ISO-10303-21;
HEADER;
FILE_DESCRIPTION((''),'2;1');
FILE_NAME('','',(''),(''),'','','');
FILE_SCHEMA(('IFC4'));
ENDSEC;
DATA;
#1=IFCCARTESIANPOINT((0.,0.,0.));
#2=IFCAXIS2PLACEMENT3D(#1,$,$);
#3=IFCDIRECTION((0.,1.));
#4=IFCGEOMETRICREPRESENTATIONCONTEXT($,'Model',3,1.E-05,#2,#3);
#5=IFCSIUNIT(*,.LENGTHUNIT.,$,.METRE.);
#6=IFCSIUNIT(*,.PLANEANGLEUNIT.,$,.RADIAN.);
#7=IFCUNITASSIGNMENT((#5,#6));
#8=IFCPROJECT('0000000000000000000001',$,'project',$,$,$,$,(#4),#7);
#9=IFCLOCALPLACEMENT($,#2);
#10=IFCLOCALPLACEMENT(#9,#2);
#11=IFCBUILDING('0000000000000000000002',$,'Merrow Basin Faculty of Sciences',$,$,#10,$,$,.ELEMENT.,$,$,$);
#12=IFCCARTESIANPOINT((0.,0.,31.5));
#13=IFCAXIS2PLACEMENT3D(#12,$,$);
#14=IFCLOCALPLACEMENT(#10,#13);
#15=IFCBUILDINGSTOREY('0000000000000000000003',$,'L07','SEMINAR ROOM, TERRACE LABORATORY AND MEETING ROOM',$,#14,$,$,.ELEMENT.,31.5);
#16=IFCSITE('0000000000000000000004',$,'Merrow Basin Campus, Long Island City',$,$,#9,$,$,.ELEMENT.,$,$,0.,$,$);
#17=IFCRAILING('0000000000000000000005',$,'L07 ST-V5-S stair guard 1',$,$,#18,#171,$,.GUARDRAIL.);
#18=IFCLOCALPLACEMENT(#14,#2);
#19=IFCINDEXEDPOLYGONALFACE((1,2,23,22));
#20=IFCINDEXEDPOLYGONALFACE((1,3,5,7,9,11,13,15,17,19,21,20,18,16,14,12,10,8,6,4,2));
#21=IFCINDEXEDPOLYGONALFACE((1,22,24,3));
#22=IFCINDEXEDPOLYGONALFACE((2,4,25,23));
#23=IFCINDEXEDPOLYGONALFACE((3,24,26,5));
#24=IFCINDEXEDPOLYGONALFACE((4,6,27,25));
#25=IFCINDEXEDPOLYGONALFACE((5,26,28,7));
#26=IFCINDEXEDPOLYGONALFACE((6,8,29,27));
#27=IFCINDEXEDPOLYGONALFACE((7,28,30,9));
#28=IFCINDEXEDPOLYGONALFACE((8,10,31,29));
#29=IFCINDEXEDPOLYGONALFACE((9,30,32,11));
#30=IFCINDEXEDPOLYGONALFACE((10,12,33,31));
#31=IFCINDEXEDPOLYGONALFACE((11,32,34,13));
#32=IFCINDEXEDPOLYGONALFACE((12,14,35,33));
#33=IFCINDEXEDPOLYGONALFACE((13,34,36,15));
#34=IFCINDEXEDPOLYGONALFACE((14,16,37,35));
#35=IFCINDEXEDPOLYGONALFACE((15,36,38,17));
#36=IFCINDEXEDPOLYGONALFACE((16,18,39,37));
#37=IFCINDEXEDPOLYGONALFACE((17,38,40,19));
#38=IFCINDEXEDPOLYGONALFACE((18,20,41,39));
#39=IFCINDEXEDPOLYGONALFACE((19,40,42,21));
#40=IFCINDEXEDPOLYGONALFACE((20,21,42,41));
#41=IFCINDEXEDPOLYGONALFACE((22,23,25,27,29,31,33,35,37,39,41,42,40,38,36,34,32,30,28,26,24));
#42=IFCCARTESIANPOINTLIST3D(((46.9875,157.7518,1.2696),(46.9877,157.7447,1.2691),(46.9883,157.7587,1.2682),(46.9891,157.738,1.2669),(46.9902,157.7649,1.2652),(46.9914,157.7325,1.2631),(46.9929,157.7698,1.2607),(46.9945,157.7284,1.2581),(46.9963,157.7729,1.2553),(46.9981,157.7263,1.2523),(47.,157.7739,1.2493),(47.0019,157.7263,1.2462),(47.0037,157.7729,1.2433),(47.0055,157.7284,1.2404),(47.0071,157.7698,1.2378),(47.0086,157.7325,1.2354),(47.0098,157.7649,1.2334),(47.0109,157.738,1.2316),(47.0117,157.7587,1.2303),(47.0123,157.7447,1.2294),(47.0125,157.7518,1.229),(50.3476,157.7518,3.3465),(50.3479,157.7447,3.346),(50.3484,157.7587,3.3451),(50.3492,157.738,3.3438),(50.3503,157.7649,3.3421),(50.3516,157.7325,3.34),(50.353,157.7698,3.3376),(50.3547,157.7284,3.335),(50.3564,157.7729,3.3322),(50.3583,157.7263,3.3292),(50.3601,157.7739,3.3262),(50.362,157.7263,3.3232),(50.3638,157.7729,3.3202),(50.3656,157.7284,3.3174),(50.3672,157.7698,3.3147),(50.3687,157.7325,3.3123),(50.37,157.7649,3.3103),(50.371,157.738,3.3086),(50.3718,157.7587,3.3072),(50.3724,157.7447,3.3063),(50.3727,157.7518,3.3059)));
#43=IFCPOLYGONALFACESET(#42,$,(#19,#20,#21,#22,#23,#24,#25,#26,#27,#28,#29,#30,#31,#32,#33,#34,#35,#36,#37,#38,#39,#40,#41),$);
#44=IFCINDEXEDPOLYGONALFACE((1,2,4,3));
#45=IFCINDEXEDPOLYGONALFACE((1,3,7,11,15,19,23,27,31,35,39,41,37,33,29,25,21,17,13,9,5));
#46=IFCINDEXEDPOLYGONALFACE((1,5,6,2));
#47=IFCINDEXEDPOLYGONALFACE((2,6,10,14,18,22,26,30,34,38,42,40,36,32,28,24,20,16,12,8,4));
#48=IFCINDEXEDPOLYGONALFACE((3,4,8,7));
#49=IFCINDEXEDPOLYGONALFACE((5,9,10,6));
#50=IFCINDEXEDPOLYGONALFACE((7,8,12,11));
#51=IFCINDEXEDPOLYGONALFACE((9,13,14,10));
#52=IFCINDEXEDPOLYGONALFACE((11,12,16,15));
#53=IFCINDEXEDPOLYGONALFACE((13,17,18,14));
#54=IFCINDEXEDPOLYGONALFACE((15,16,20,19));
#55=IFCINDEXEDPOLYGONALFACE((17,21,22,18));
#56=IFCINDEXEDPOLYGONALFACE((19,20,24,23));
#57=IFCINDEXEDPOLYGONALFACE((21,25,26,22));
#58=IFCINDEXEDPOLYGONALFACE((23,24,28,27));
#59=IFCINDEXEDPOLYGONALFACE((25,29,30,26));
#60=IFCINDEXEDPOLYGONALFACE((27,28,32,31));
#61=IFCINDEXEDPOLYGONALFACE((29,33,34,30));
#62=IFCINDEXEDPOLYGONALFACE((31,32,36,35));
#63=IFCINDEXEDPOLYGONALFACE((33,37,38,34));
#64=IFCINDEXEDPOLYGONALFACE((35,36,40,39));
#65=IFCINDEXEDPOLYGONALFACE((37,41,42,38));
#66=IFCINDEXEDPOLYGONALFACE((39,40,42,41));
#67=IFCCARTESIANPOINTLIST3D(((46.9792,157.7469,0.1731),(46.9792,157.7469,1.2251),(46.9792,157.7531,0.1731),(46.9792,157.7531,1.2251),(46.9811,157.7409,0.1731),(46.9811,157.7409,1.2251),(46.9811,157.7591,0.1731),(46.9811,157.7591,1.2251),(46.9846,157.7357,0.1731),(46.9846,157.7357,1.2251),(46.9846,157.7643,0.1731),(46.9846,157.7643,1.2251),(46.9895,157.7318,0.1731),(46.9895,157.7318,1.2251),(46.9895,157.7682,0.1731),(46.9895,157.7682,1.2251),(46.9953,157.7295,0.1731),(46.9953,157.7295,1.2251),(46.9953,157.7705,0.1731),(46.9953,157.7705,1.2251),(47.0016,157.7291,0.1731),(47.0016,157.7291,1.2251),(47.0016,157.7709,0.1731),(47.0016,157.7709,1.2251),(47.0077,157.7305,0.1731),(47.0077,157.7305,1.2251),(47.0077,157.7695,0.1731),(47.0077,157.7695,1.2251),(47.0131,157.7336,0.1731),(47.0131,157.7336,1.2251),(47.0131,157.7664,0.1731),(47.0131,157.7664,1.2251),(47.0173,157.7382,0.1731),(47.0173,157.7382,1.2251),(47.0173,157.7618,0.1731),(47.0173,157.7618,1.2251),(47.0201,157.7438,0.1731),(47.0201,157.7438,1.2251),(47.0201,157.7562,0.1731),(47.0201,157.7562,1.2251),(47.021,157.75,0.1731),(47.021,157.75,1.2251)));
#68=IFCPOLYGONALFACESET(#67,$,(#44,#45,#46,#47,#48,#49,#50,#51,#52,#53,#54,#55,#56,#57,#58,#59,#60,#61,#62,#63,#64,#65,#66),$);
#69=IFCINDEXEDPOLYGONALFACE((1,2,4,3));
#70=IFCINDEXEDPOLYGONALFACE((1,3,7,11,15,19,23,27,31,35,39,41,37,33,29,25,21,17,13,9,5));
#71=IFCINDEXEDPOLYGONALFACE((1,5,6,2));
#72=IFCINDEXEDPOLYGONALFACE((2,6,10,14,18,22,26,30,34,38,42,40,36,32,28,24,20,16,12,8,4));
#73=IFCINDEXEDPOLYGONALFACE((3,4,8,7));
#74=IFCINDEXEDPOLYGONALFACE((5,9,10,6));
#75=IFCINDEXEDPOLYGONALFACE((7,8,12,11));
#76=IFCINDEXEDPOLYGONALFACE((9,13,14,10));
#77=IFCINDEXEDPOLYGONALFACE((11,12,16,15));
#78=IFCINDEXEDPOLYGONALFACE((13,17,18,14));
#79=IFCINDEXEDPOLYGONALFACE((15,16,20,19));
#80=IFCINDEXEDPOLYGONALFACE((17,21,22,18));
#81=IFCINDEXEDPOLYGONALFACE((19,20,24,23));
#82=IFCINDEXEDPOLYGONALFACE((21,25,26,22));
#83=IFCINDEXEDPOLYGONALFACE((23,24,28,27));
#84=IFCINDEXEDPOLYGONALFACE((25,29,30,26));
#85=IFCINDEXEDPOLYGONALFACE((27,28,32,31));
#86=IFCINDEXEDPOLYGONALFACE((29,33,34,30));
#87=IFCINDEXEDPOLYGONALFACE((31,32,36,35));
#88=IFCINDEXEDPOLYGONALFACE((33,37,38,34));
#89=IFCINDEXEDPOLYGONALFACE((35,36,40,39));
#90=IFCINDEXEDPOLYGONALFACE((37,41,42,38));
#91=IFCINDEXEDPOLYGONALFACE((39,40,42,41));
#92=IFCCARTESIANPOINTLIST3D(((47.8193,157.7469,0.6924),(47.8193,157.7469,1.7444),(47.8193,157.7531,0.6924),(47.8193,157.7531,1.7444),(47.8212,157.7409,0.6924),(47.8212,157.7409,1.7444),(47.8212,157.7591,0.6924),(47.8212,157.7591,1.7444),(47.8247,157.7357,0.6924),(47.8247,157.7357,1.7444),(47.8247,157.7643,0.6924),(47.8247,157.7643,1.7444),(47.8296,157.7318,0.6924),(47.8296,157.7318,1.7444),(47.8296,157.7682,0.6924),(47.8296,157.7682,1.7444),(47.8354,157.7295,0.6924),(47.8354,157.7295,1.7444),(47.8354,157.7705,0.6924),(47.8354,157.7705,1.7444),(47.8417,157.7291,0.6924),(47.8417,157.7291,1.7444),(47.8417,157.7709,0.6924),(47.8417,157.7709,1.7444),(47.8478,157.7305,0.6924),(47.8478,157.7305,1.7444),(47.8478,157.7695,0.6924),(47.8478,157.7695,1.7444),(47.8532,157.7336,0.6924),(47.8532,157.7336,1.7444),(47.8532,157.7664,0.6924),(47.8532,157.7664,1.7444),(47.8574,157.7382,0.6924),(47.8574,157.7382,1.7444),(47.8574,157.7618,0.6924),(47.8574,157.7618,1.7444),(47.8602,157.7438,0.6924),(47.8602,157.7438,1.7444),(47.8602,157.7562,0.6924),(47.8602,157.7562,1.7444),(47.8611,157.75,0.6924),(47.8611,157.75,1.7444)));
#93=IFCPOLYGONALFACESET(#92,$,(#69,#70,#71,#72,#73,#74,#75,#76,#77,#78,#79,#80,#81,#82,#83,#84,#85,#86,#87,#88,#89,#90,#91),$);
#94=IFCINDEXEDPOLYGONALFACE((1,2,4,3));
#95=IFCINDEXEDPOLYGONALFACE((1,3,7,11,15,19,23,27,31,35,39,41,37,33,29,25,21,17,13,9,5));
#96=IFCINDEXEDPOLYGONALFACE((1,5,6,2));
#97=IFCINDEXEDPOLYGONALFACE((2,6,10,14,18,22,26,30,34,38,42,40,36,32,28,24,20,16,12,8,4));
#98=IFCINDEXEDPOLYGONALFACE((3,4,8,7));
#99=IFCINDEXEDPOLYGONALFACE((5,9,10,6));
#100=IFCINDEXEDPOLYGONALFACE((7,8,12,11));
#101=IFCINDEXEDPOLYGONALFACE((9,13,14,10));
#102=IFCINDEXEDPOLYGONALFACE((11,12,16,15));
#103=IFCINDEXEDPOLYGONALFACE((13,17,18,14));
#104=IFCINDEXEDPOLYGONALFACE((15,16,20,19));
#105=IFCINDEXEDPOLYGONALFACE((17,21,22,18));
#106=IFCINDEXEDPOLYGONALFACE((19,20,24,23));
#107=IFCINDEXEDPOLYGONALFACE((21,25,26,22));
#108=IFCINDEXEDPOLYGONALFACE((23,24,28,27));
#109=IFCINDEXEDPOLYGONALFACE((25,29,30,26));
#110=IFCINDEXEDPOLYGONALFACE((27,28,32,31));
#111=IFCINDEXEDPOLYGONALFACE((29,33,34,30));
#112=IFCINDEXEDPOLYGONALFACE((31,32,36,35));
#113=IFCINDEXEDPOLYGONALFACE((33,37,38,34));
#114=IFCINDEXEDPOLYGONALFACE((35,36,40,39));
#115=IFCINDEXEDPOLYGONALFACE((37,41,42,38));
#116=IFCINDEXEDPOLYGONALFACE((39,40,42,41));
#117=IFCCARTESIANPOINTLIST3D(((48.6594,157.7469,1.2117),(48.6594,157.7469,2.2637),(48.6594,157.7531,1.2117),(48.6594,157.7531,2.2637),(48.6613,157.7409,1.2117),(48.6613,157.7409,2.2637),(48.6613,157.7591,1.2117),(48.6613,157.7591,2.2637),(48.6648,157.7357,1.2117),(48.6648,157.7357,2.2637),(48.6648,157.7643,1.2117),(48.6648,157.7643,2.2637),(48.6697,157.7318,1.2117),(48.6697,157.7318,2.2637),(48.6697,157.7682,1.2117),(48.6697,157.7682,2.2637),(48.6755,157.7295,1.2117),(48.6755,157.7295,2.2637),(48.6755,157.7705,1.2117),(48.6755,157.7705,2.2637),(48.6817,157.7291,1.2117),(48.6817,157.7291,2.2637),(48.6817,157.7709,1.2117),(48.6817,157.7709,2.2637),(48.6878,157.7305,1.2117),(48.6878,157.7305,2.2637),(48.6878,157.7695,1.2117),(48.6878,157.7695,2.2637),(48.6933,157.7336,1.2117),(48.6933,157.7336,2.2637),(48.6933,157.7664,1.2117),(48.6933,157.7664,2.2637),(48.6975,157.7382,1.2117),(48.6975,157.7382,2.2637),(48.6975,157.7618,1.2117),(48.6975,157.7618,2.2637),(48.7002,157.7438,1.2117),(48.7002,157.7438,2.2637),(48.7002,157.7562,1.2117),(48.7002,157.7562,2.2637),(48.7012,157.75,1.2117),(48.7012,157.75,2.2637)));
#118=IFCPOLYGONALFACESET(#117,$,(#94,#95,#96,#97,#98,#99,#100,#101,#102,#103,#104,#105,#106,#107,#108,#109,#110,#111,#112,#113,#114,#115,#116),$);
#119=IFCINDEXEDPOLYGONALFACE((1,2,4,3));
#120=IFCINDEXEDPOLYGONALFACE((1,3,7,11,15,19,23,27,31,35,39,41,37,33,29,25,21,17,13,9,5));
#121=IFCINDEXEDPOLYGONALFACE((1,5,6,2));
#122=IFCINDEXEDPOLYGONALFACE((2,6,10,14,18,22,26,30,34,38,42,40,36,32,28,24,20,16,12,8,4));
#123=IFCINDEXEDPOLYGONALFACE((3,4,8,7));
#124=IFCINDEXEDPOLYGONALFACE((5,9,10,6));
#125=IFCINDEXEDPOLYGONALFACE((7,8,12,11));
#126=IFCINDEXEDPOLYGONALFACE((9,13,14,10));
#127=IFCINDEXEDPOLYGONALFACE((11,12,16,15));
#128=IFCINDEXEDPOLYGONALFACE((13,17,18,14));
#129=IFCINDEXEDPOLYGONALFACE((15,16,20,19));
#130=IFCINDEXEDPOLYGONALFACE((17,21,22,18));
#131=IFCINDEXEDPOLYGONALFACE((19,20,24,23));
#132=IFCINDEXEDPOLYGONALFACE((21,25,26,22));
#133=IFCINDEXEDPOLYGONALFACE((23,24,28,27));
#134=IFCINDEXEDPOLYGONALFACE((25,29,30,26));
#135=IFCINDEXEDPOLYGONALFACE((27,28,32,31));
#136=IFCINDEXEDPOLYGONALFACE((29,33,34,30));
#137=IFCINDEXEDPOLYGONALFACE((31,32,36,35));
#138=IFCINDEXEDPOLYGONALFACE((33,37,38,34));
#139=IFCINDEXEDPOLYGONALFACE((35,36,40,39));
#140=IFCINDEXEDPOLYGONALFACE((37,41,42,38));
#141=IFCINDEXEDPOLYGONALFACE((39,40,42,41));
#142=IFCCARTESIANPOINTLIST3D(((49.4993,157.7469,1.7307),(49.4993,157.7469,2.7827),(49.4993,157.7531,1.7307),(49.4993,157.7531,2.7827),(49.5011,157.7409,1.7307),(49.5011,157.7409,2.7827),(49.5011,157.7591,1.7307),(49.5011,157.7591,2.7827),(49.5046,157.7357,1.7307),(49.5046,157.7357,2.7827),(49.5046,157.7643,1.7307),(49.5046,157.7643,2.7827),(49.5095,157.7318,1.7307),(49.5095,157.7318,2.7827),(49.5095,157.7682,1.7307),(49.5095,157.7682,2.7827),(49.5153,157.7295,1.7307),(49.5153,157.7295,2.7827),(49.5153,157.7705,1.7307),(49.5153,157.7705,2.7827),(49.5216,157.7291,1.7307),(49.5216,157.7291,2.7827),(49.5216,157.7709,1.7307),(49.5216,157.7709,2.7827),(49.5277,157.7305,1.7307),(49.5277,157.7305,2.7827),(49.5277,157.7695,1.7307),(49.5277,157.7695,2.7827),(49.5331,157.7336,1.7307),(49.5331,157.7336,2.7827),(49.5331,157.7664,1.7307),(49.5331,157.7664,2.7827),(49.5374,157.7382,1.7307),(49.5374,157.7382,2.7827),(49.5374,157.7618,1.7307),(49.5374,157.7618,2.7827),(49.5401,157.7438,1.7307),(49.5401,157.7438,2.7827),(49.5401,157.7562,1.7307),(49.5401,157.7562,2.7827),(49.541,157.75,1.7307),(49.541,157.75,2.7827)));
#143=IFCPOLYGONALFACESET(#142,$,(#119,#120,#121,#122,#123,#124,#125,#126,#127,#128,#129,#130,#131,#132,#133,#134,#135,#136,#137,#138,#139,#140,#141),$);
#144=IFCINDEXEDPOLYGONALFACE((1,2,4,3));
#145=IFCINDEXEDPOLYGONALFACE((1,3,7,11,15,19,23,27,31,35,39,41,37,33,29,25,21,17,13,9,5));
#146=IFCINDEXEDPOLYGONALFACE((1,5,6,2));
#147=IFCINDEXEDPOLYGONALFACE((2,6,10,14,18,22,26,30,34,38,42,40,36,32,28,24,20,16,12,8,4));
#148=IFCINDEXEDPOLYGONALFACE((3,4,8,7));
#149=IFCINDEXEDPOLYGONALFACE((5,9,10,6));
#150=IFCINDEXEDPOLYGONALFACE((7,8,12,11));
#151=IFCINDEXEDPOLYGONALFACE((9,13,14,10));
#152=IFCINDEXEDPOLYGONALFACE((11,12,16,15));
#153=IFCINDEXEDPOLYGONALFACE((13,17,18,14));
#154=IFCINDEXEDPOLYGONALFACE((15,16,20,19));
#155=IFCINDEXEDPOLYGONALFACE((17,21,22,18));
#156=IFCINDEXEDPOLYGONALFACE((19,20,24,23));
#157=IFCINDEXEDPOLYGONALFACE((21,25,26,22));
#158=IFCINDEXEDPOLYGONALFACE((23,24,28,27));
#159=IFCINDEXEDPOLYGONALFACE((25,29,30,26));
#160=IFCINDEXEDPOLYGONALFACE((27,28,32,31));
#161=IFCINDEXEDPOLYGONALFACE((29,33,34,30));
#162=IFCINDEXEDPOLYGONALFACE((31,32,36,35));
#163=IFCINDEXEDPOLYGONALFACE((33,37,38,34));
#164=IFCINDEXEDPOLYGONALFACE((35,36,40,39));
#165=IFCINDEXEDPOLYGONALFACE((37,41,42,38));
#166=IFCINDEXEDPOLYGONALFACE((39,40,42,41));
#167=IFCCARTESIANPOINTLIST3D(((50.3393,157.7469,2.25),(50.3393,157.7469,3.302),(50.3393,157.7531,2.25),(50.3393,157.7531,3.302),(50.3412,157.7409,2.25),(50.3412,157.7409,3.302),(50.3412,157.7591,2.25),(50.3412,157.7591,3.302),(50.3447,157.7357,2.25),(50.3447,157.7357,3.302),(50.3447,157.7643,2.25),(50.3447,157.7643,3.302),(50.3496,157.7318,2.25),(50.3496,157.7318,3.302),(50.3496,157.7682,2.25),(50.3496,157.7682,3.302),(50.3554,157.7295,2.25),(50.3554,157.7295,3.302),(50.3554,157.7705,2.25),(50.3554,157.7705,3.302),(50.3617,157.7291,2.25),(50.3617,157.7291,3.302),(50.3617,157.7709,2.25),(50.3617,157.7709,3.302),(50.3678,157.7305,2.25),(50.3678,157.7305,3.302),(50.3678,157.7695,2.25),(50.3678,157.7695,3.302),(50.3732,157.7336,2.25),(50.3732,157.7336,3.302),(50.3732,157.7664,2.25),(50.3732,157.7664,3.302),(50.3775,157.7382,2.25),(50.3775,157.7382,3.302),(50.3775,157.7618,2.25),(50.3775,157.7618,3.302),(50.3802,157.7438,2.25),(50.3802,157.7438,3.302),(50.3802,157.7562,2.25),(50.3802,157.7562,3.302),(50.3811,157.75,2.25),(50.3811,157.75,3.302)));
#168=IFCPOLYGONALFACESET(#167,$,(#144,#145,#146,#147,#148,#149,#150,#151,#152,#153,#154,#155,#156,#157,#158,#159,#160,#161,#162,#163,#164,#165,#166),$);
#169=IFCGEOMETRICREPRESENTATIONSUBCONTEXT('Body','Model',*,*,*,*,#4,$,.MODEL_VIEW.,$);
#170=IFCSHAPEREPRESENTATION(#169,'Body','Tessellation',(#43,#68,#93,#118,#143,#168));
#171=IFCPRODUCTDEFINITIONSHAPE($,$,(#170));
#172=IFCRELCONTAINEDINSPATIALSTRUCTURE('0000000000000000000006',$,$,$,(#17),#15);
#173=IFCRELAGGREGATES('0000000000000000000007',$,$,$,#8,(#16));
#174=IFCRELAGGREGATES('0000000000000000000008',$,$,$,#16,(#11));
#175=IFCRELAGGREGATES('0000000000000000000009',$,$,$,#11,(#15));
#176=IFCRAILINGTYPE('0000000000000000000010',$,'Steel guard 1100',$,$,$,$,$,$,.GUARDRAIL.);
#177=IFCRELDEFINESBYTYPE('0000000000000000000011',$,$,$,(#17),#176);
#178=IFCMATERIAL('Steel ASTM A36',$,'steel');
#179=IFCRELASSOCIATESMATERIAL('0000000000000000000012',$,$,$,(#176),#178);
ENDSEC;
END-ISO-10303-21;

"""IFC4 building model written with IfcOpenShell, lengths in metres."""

from ifc_helpers import new_model, si_unit, direction, frame, origin, origin_2d, place, context, subcontext, project, spatial, circle, extrude, material, type_object, element, save


model = new_model("IFC4")

# Units and contexts
model_context = context("Model", 3, precision=1e-05, world=origin(), true_north=direction((0.0, 1.0)))
body_context = subcontext(model_context, "Body", "Model", "MODEL_VIEW")
ifc_project = project(units=[si_unit("LENGTHUNIT", "METRE"), si_unit("PLANEANGLEUNIT", "RADIAN")], contexts=[model_context])

# Site, building, storey
site_placement = place(None, origin())
site = spatial("IfcSite", under=ifc_project, at=site_placement, Name="Merrow Basin Campus, Long Island City", CompositionType="ELEMENT", RefElevation=0.0)
building_placement = place(site_placement, origin())
building = spatial("IfcBuilding", under=site, at=building_placement, Name="Merrow Basin Faculty of Sciences", CompositionType="ELEMENT")
storey_placement = place(building_placement, frame((0.0, 0.0, 31.5)))
storey = spatial("IfcBuildingStorey", under=building, at=storey_placement, Name="L07", Description="SEMINAR ROOM, TERRACE LABORATORY AND MEETING ROOM", CompositionType="ELEMENT", Elevation=31.5)

# Railing
ifc_material_1 = material(Name="Steel ASTM A36", Category="steel")
railing_type_1 = type_object("IfcRailingType", Name="Steel guard 1100", PredefinedType="GUARDRAIL", material=ifc_material_1)
railing_1_placement = place(storey_placement, frame((47.0, 157.75, 0.1731)))
element("IfcRailing", 1, at=railing_1_placement, inside=storey, type_object=railing_type_1, Name="L07 ST-V5-S stair guard 1", PredefinedType="GUARDRAIL", context=body_context, shape_type="SweptSolid", body=[
    extrude(circle(Radius=0.0239, at=origin_2d()), frame((0.0, 0.0, 1.0762), z_axis=(0.850623, 0.0, 0.525776), x_axis=(0.0, 1.0, 0.0)), (0.0, 0.0, 1.0), 3.9502),
    extrude(circle(Radius=0.021, at=origin_2d()), origin(), (0.0, 0.0, 1.0), 1.052),
    extrude(circle(Radius=0.021, at=origin_2d()), frame((0.8401, 0.0, 0.5193)), (0.0, 0.0, 1.0), 1.052),
    extrude(circle(Radius=0.021, at=origin_2d()), frame((1.6802, 0.0, 1.0386)), (0.0, 0.0, 1.0), 1.052),
    extrude(circle(Radius=0.021, at=origin_2d()), frame((2.52, 0.0, 1.5576)), (0.0, 0.0, 1.0), 1.052),
    extrude(circle(Radius=0.021, at=origin_2d()), frame((3.3601, 0.0, 2.0769)), (0.0, 0.0, 1.0), 1.052),
])

save(model, "model.ifc")
